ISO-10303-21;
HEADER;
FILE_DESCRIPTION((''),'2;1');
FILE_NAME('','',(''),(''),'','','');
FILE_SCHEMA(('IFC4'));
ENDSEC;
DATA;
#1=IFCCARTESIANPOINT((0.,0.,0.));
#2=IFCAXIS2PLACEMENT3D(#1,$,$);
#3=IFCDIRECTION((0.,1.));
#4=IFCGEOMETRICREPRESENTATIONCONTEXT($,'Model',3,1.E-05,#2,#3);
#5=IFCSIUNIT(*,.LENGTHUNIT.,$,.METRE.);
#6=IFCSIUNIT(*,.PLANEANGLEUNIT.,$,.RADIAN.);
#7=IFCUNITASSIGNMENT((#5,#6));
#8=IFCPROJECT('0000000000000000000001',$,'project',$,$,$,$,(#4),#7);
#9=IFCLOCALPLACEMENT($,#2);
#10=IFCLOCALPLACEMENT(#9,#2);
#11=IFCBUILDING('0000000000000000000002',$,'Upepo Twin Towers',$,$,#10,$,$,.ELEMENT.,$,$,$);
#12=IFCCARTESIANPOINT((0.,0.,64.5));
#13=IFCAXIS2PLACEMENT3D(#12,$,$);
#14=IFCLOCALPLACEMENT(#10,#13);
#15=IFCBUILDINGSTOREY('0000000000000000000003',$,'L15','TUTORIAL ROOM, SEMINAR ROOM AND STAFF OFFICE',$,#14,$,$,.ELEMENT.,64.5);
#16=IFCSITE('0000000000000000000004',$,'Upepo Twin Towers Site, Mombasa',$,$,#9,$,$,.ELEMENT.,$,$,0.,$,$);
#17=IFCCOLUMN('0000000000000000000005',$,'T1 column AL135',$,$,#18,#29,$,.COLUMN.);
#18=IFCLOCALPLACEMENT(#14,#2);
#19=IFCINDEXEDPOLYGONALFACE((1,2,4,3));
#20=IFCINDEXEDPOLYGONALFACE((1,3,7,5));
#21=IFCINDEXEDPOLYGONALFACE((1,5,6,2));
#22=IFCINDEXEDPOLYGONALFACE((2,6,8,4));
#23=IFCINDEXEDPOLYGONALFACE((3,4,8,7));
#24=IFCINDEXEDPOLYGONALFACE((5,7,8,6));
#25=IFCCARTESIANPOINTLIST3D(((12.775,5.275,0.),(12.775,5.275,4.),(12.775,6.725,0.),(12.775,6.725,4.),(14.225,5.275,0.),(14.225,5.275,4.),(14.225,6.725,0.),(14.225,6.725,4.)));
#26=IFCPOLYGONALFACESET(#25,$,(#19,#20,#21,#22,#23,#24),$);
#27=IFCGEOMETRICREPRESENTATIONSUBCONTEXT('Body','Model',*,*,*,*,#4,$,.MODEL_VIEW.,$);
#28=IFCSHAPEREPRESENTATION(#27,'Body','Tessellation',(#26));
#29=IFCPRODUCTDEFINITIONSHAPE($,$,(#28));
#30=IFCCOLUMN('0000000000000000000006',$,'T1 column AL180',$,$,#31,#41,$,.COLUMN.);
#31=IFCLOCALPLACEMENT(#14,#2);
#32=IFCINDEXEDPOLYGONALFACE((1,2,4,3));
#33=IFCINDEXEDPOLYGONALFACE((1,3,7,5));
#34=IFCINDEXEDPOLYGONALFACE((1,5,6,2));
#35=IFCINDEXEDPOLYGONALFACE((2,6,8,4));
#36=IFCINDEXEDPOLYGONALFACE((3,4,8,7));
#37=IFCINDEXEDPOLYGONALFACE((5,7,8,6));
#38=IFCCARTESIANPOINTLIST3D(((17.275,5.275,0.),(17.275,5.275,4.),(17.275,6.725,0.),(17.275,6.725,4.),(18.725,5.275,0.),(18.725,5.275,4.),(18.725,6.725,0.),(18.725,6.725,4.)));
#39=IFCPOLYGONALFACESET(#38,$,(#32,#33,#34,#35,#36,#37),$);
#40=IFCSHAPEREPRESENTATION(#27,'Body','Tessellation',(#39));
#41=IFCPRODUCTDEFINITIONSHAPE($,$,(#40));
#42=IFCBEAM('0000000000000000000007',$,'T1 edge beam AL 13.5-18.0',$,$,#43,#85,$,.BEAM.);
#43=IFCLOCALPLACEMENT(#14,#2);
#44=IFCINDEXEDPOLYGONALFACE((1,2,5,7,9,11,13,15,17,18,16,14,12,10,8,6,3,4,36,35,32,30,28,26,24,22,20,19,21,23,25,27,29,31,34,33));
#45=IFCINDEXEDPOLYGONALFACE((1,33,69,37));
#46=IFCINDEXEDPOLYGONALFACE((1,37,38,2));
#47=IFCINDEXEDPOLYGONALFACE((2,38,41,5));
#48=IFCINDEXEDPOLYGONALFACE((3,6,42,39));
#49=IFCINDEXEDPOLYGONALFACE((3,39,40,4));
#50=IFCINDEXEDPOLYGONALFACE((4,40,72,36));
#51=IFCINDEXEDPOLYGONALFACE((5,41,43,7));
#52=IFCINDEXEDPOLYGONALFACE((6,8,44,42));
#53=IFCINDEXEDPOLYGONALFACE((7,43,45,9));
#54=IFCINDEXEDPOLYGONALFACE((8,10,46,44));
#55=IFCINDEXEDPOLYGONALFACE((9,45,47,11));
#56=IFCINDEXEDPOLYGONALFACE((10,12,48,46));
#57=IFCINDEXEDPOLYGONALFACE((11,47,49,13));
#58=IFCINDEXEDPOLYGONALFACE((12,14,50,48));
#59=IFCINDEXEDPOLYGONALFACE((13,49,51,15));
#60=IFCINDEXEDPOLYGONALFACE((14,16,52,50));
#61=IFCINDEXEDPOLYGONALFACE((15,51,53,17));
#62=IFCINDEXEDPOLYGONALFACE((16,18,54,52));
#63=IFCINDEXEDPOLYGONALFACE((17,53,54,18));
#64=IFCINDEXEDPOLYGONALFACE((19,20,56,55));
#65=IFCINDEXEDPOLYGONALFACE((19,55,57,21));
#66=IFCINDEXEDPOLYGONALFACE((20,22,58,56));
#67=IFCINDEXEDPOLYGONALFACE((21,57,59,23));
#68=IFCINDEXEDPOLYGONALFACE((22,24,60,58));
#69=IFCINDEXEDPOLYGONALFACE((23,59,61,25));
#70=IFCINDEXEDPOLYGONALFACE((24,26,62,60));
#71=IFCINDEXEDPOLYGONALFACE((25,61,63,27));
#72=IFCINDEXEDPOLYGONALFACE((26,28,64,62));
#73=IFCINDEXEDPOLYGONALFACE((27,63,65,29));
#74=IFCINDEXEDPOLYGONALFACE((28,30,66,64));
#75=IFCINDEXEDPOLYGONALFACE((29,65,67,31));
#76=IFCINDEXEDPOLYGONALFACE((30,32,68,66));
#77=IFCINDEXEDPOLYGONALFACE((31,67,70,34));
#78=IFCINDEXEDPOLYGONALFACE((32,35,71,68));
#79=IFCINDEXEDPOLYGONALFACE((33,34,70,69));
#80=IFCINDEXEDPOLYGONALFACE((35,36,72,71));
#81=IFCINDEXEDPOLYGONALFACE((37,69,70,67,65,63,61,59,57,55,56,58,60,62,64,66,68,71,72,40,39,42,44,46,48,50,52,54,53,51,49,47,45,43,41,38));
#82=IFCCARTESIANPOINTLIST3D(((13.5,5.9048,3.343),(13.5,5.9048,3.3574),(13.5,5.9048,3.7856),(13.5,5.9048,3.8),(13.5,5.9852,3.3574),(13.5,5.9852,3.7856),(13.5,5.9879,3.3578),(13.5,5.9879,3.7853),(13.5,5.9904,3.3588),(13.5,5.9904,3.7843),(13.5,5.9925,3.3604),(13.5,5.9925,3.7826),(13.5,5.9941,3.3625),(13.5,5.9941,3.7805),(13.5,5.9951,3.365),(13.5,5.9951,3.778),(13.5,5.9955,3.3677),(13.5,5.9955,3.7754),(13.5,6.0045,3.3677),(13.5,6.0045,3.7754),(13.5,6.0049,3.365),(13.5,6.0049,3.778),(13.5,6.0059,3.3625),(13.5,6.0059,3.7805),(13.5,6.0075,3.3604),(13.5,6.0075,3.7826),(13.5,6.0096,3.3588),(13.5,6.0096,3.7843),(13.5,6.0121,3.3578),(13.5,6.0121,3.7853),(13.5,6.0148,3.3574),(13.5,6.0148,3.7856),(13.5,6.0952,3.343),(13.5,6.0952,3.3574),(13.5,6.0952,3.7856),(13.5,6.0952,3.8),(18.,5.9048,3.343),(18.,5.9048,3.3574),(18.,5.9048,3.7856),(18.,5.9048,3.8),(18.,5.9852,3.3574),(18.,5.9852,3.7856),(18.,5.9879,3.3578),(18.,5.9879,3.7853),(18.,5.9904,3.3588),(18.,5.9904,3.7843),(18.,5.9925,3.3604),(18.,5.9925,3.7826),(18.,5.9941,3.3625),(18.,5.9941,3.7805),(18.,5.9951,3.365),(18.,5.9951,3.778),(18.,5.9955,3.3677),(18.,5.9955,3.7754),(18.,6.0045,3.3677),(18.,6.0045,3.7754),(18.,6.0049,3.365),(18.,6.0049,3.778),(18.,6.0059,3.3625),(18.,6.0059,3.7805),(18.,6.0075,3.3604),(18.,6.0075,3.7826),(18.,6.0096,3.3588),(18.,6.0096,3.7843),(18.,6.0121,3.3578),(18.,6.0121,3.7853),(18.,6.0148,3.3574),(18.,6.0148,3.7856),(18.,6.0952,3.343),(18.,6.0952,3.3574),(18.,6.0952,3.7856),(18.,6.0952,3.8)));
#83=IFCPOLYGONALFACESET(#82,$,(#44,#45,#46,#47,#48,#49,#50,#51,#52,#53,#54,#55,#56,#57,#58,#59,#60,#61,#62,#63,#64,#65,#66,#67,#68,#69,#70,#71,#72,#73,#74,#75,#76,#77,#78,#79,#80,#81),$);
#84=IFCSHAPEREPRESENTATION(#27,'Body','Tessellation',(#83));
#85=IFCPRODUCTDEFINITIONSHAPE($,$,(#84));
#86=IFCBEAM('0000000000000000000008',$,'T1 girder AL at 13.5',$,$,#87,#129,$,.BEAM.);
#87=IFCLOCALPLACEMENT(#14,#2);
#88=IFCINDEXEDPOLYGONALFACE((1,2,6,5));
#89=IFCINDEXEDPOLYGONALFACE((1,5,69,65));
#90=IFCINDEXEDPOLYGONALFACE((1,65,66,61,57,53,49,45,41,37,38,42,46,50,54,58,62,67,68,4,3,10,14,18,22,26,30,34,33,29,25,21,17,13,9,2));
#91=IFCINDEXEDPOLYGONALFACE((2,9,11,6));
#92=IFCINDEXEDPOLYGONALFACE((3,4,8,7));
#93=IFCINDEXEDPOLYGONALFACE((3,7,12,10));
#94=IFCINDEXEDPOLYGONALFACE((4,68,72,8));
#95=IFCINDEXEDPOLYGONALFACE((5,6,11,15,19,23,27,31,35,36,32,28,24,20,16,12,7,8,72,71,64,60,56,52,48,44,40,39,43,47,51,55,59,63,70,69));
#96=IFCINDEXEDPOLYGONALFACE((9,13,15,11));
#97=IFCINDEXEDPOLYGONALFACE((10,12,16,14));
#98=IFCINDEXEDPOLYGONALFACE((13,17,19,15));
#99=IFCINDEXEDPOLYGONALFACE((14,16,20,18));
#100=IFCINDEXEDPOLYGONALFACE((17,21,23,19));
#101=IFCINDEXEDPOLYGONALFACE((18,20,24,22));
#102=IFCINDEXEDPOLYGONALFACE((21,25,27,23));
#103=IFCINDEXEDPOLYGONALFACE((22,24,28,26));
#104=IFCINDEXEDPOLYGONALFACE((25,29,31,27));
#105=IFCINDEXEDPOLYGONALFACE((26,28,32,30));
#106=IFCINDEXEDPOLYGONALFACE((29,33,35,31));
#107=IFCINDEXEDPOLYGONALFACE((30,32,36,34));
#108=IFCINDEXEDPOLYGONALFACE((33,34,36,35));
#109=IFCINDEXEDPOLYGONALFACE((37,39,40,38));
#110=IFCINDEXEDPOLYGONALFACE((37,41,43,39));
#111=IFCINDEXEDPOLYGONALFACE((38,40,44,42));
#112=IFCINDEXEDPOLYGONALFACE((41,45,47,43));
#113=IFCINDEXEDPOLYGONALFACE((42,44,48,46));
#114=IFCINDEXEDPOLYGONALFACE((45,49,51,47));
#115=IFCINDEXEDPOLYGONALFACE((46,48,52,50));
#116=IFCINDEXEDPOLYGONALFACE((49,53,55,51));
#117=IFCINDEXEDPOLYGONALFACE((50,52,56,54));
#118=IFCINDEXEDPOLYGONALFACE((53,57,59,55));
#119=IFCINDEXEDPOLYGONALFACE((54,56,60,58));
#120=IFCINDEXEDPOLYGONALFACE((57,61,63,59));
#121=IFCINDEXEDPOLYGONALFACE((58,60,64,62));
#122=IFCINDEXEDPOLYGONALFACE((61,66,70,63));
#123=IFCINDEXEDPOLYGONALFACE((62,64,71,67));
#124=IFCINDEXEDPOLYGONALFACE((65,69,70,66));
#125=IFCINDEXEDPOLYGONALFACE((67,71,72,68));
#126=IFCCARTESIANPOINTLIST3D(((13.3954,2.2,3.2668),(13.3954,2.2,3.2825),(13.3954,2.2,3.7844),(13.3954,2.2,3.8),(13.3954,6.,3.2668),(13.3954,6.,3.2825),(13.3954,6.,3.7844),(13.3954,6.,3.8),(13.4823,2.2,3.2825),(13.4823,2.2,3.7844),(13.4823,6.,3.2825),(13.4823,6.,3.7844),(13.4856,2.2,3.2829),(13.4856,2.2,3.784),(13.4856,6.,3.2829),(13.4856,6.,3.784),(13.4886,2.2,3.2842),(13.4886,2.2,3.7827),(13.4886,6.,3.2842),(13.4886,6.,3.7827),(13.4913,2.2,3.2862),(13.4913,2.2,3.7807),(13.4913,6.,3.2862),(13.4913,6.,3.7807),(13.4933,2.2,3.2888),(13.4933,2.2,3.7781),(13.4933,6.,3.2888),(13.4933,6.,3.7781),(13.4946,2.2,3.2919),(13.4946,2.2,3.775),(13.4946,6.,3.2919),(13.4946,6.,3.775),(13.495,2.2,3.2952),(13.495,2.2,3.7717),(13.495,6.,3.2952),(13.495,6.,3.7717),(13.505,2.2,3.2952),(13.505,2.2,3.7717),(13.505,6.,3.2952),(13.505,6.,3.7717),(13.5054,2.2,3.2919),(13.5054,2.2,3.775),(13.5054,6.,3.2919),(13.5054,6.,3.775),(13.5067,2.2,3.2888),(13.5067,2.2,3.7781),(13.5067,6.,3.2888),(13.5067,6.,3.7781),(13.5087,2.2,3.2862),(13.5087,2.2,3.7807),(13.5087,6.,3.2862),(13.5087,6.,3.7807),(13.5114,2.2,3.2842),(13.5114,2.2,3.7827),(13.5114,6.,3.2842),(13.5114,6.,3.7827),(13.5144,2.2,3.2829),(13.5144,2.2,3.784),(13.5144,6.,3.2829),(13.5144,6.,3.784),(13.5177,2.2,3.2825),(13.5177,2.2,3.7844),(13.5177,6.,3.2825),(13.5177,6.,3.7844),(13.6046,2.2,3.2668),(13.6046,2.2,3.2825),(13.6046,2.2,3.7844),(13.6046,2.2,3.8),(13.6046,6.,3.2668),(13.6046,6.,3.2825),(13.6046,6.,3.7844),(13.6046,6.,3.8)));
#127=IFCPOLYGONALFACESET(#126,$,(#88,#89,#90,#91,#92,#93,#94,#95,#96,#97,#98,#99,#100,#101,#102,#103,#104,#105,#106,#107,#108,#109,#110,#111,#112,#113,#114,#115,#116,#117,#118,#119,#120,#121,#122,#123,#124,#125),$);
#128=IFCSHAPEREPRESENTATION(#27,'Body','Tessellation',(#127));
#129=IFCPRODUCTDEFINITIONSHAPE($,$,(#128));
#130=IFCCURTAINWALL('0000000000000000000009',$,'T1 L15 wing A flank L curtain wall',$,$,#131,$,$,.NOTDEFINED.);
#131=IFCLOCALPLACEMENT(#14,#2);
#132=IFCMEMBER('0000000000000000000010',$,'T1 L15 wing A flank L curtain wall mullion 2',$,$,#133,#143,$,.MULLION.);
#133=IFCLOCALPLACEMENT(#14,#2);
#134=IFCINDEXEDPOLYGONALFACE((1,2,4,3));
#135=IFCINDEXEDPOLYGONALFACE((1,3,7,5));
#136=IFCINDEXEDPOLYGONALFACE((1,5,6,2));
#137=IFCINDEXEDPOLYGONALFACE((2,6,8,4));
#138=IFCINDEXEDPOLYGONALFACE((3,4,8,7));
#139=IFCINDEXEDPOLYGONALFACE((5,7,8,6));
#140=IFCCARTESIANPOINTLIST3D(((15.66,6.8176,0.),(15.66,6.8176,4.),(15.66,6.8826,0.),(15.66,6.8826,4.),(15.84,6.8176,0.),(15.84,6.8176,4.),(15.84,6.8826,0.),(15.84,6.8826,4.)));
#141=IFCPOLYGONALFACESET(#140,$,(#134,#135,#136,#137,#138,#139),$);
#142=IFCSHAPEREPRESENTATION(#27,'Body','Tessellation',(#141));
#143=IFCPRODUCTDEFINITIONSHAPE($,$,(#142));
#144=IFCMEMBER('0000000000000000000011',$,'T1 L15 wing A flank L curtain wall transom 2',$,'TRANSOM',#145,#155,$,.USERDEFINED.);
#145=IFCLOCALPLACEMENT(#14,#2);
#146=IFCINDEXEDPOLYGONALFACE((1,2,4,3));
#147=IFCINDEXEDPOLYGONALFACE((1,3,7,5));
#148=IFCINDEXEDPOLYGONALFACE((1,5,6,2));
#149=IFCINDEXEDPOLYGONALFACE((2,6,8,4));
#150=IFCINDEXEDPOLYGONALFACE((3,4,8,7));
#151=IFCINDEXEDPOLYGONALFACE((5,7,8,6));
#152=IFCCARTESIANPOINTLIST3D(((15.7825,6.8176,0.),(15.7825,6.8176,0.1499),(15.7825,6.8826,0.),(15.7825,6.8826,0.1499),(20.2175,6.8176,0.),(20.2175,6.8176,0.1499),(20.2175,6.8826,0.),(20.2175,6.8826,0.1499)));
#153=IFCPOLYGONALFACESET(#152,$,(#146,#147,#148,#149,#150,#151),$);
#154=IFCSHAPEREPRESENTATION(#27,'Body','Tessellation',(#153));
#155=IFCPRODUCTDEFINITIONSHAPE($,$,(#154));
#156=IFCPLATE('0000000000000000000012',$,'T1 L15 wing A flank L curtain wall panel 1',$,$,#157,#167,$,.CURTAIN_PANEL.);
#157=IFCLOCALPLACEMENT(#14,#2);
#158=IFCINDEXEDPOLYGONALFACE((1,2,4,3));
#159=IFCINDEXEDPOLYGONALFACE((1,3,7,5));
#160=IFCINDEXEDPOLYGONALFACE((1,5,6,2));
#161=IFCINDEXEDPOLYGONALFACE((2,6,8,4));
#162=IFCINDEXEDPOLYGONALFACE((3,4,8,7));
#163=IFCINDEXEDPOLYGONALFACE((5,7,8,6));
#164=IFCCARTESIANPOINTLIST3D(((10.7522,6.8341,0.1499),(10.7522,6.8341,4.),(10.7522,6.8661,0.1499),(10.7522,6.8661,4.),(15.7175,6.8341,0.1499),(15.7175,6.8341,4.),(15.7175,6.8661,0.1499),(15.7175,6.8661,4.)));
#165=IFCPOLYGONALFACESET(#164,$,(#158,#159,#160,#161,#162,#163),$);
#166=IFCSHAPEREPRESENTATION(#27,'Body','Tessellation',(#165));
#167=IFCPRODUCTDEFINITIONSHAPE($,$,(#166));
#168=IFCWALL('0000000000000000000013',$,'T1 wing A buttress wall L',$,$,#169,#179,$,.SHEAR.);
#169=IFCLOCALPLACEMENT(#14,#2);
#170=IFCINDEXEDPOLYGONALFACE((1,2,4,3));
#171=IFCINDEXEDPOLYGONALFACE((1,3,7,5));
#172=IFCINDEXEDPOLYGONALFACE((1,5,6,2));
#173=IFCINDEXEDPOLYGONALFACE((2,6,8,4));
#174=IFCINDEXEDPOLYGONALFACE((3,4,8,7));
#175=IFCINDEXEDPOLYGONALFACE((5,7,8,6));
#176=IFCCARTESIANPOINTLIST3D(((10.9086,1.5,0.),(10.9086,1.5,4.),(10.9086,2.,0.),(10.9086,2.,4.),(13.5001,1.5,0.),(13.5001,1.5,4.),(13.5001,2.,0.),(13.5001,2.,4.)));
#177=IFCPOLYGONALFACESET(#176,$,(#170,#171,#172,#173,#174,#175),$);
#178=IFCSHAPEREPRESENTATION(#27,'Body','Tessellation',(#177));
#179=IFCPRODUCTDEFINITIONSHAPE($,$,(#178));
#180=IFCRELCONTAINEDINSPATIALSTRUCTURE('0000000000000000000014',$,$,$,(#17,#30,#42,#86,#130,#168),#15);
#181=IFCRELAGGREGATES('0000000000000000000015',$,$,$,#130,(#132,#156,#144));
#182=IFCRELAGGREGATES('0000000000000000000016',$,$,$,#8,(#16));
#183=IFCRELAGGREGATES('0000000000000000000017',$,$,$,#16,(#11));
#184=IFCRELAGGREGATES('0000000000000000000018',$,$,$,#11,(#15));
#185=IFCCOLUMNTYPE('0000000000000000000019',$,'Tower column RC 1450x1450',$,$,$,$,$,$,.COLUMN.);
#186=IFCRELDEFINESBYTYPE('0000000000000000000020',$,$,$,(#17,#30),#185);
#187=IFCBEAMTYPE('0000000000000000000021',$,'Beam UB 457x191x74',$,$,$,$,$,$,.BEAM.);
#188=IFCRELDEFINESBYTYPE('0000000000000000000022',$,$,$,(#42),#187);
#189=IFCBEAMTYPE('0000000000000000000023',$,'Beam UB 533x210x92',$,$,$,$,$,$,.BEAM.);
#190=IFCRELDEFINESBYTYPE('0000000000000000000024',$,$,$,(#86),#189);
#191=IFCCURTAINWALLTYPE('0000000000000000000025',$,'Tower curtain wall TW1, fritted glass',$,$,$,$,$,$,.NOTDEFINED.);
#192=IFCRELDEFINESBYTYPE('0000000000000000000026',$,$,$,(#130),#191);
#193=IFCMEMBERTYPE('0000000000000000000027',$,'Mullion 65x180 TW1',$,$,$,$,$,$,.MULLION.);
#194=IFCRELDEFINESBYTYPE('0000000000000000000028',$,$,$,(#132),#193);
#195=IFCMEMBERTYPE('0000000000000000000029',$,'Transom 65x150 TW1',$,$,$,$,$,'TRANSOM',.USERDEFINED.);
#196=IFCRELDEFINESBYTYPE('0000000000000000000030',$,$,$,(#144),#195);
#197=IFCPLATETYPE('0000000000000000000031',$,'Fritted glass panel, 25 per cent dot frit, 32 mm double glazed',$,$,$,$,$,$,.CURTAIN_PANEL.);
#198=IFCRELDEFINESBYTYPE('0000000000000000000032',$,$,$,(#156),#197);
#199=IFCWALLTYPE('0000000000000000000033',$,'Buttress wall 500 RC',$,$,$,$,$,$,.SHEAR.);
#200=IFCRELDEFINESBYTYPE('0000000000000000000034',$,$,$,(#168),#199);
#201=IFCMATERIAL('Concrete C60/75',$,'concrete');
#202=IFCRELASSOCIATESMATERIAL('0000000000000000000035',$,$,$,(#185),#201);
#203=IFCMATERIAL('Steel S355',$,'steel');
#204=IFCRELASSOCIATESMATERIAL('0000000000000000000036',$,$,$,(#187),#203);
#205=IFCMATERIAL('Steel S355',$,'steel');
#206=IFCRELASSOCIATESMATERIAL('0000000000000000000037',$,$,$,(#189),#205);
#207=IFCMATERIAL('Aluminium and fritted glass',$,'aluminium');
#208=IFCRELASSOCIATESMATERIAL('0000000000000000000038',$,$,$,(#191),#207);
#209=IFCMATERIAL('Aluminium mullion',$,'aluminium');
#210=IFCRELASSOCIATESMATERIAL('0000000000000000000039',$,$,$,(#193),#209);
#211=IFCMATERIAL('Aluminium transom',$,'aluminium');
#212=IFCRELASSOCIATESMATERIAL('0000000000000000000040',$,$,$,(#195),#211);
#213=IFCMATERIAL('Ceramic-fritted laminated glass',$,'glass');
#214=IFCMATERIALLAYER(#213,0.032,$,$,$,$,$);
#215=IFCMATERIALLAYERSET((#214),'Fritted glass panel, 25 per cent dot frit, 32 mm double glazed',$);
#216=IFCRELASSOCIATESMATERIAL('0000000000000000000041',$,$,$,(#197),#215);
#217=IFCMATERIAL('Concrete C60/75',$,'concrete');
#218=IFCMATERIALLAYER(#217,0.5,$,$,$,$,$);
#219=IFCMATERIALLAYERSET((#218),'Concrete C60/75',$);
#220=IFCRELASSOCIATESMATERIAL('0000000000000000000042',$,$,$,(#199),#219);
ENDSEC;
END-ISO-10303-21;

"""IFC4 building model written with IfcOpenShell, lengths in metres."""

from ifc_helpers import new_model, si_unit, direction, frame, frame_2d, origin, origin_2d, place, context, subcontext, project, spatial, rectangle, i_section, extrude, material, layer, layer_set, material_profile, profile_set, type_object, element, aggregate, save


model = new_model("IFC4")

# Units and contexts
model_context = context("Model", 3, precision=1e-05, world=origin(), true_north=direction((0.0, 1.0)))
body_context = subcontext(model_context, "Body", "Model", "MODEL_VIEW")
ifc_project = project(units=[si_unit("LENGTHUNIT", "METRE"), si_unit("PLANEANGLEUNIT", "RADIAN")], contexts=[model_context])

# Site, building, storey
site_placement = place(None, origin())
site = spatial("IfcSite", under=ifc_project, at=site_placement, Name="Upepo Twin Towers Site, Mombasa", CompositionType="ELEMENT", RefElevation=0.0)
building_placement = place(site_placement, origin())
building = spatial("IfcBuilding", under=site, at=building_placement, Name="Upepo Twin Towers", CompositionType="ELEMENT")
storey_placement = place(building_placement, frame((0.0, 0.0, 64.5)))
storey = spatial("IfcBuildingStorey", under=building, at=storey_placement, Name="L15", Description="TUTORIAL ROOM, SEMINAR ROOM AND STAFF OFFICE", CompositionType="ELEMENT", Elevation=64.5)

# Columns
ifc_material_1 = material(Name="Concrete C60/75", Category="concrete")
ifc_material_profile_1 = material_profile(ifc_material_1, rectangle(XDim=1.45, YDim=1.45, at=origin_2d()), Name="RC 1450x1450")
ifc_profile_set_1 = profile_set([ifc_material_profile_1], Name="Concrete C60/75")
column_type = type_object("IfcColumnType", Name="Tower column RC 1450x1450", PredefinedType="COLUMN", material=ifc_profile_set_1)
for number, where, z_axis, x_axis, name in (
    (1, (13.5, 6.0, 0.0), (0.0, 0.0, 1.0), (1.0, 0.0, 0.0), "T1 column AL135"),
    (2, (18.0, 6.0, 0.0), (0.0, 0.0, 1.0), (1.0, 0.0, 0.0), "T1 column AL180"),
):
    element("IfcColumn", number, at=place(storey_placement, frame(where, z_axis=z_axis, x_axis=x_axis)), inside=storey, type_object=column_type, Name=name, PredefinedType="COLUMN", context=body_context, shape_type="SweptSolid", body=[
        extrude(rectangle(XDim=1.45, YDim=1.45, at=origin_2d()), origin(), (0.0, 0.0, 1.0), 4.0),
    ])

# Beams
ifc_material_2 = material(Name="Steel S355", Category="steel")
ifc_material_profile_2 = material_profile(ifc_material_2, i_section(OverallWidth=0.1904, OverallDepth=0.457, WebThickness=0.009, FlangeThickness=0.0144, FilletRadius=0.0103, at=origin_2d()), Name="UB 457x191x74")
ifc_profile_set_2 = profile_set([ifc_material_profile_2], Name="Steel S355")
beam_type_1 = type_object("IfcBeamType", Name="Beam UB 457x191x74", PredefinedType="BEAM", material=ifc_profile_set_2)
beam_1_placement = place(storey_placement, frame((13.5, 6.0, 3.5715), z_axis=(1.0, 0.0, 0.0), x_axis=(0.0, 1.0, 0.0)))
element("IfcBeam", 3, at=beam_1_placement, inside=storey, type_object=beam_type_1, Name="T1 edge beam AL 13.5-18.0", PredefinedType="BEAM", context=body_context, shape_type="SweptSolid", body=[
    extrude(i_section(OverallWidth=0.1904, OverallDepth=0.457, WebThickness=0.009, FlangeThickness=0.0144, FilletRadius=0.0103, at=origin_2d()), origin(), (0.0, 0.0, 1.0), 4.5),
])
ifc_material_3 = material(Name="Steel S355", Category="steel")
ifc_material_profile_3 = material_profile(ifc_material_3, i_section(OverallWidth=0.2092, OverallDepth=0.5332, WebThickness=0.01, FlangeThickness=0.0156, FilletRadius=0.0127, at=origin_2d()), Name="UB 533x210x92")
ifc_profile_set_3 = profile_set([ifc_material_profile_3], Name="Steel S355")
beam_type_2 = type_object("IfcBeamType", Name="Beam UB 533x210x92", PredefinedType="BEAM", material=ifc_profile_set_3)
beam_2_placement = place(storey_placement, frame((13.5, 6.0, 3.5334), z_axis=(0.0, -1.0, 0.0), x_axis=(1.0, 0.0, 0.0)))
element("IfcBeam", 4, at=beam_2_placement, inside=storey, type_object=beam_type_2, Name="T1 girder AL at 13.5", PredefinedType="BEAM", context=body_context, shape_type="SweptSolid", body=[
    extrude(i_section(OverallWidth=0.2092, OverallDepth=0.5332, WebThickness=0.01, FlangeThickness=0.0156, FilletRadius=0.0127, at=origin_2d()), origin(), (0.0, 0.0, 1.0), 3.8),
])

# Curtain wall, members, plate
ifc_material_4 = material(Name="Aluminium and fritted glass", Category="aluminium")
curtain_wall_type = type_object("IfcCurtainWallType", Name="Tower curtain wall TW1, fritted glass", PredefinedType="NOTDEFINED", material=ifc_material_4)
curtain_wall_placement = place(storey_placement, origin())
curtain_wall = element("IfcCurtainWall", 5, at=curtain_wall_placement, inside=storey, type_object=curtain_wall_type, Name="T1 L15 wing A flank L curtain wall", PredefinedType="NOTDEFINED")
ifc_material_5 = material(Name="Aluminium mullion", Category="aluminium")
ifc_material_profile_4 = material_profile(ifc_material_5, rectangle(XDim=0.0649, YDim=0.1799, at=origin_2d()), Name="MULLION 65x180")
ifc_profile_set_4 = profile_set([ifc_material_profile_4], Name="Aluminium mullion")
member_type_1 = type_object("IfcMemberType", Name="Mullion 65x180 TW1", PredefinedType="MULLION", material=ifc_profile_set_4)
member_1_placement = place(storey_placement, frame((15.75, 6.8501, 0.0), z_axis=(0.0, 0.0, 1.0), x_axis=(0.0, 1.0, 0.0)))
member_1 = element("IfcMember", 6, at=member_1_placement, type_object=member_type_1, Name="T1 L15 wing A flank L curtain wall mullion 2", PredefinedType="MULLION", context=body_context, shape_type="SweptSolid", body=[
    extrude(rectangle(XDim=0.0649, YDim=0.1799, at=origin_2d()), origin(), (0.0, 0.0, 1.0), 4.0),
])
ifc_material_6 = material(Name="Aluminium transom", Category="aluminium")
ifc_material_profile_5 = material_profile(ifc_material_6, rectangle(XDim=0.0649, YDim=0.1499, at=origin_2d()), Name="TRANSOM 65x150")
ifc_profile_set_5 = profile_set([ifc_material_profile_5], Name="Aluminium transom")
member_type_2 = type_object("IfcMemberType", Name="Transom 65x150 TW1", ElementType="TRANSOM", PredefinedType="USERDEFINED", material=ifc_profile_set_5)
member_2_placement = place(storey_placement, frame((15.7825, 6.8501, 0.075), z_axis=(1.0, 0.0, 0.0), x_axis=(0.0, 1.0, 0.0)))
member_2 = element("IfcMember", 7, at=member_2_placement, type_object=member_type_2, Name="T1 L15 wing A flank L curtain wall transom 2", ObjectType="TRANSOM", PredefinedType="USERDEFINED", context=body_context, shape_type="SweptSolid", body=[
    extrude(rectangle(XDim=0.0649, YDim=0.1499, at=origin_2d()), origin(), (0.0, 0.0, 1.0), 4.4351),
])
ifc_material_7 = material(Name="Ceramic-fritted laminated glass", Category="glass")
ifc_layer_1 = layer(ifc_material_7, 0.032)
ifc_layer_set_1 = layer_set([ifc_layer_1], Name="Fritted glass panel, 25 per cent dot frit, 32 mm double glazed")
plate_type = type_object("IfcPlateType", Name="Fritted glass panel, 25 per cent dot frit, 32 mm double glazed", PredefinedType="CURTAIN_PANEL", material=ifc_layer_set_1)
plate_placement = place(storey_placement, frame((13.2349, 6.8501, 0.1499), z_axis=(0.0, 0.0, 1.0), x_axis=(1.0, 0.0, 0.0)))
plate = element("IfcPlate", 8, at=plate_placement, type_object=plate_type, Name="T1 L15 wing A flank L curtain wall panel 1", PredefinedType="CURTAIN_PANEL", context=body_context, shape_type="SweptSolid", body=[
    extrude(rectangle(XDim=4.9653, YDim=0.032, at=origin_2d()), origin(), (0.0, 0.0, 1.0), 3.8501),
])
aggregate(curtain_wall, [member_1, plate, member_2])

# Wall
ifc_material_8 = material(Name="Concrete C60/75", Category="concrete")
ifc_layer_2 = layer(ifc_material_8, 0.5)
ifc_layer_set_2 = layer_set([ifc_layer_2], Name="Concrete C60/75")
wall_type_1 = type_object("IfcWallType", Name="Buttress wall 500 RC", PredefinedType="SHEAR", material=ifc_layer_set_2)
wall_1_placement = place(storey_placement, frame((10.9084, 1.75, 0.0), z_axis=(0.0, 0.0, 1.0), x_axis=(1.0, 0.0, 0.0)))
element("IfcWall", 9, at=wall_1_placement, inside=storey, type_object=wall_type_1, Name="T1 wing A buttress wall L", PredefinedType="SHEAR", context=body_context, shape_type="SweptSolid", body=[
    extrude(rectangle(XDim=2.5916, YDim=0.5, at=frame_2d((1.2959, 0.0))), origin(), (0.0, 0.0, 1.0), 4.0),
])

save(model, "model.ifc")
